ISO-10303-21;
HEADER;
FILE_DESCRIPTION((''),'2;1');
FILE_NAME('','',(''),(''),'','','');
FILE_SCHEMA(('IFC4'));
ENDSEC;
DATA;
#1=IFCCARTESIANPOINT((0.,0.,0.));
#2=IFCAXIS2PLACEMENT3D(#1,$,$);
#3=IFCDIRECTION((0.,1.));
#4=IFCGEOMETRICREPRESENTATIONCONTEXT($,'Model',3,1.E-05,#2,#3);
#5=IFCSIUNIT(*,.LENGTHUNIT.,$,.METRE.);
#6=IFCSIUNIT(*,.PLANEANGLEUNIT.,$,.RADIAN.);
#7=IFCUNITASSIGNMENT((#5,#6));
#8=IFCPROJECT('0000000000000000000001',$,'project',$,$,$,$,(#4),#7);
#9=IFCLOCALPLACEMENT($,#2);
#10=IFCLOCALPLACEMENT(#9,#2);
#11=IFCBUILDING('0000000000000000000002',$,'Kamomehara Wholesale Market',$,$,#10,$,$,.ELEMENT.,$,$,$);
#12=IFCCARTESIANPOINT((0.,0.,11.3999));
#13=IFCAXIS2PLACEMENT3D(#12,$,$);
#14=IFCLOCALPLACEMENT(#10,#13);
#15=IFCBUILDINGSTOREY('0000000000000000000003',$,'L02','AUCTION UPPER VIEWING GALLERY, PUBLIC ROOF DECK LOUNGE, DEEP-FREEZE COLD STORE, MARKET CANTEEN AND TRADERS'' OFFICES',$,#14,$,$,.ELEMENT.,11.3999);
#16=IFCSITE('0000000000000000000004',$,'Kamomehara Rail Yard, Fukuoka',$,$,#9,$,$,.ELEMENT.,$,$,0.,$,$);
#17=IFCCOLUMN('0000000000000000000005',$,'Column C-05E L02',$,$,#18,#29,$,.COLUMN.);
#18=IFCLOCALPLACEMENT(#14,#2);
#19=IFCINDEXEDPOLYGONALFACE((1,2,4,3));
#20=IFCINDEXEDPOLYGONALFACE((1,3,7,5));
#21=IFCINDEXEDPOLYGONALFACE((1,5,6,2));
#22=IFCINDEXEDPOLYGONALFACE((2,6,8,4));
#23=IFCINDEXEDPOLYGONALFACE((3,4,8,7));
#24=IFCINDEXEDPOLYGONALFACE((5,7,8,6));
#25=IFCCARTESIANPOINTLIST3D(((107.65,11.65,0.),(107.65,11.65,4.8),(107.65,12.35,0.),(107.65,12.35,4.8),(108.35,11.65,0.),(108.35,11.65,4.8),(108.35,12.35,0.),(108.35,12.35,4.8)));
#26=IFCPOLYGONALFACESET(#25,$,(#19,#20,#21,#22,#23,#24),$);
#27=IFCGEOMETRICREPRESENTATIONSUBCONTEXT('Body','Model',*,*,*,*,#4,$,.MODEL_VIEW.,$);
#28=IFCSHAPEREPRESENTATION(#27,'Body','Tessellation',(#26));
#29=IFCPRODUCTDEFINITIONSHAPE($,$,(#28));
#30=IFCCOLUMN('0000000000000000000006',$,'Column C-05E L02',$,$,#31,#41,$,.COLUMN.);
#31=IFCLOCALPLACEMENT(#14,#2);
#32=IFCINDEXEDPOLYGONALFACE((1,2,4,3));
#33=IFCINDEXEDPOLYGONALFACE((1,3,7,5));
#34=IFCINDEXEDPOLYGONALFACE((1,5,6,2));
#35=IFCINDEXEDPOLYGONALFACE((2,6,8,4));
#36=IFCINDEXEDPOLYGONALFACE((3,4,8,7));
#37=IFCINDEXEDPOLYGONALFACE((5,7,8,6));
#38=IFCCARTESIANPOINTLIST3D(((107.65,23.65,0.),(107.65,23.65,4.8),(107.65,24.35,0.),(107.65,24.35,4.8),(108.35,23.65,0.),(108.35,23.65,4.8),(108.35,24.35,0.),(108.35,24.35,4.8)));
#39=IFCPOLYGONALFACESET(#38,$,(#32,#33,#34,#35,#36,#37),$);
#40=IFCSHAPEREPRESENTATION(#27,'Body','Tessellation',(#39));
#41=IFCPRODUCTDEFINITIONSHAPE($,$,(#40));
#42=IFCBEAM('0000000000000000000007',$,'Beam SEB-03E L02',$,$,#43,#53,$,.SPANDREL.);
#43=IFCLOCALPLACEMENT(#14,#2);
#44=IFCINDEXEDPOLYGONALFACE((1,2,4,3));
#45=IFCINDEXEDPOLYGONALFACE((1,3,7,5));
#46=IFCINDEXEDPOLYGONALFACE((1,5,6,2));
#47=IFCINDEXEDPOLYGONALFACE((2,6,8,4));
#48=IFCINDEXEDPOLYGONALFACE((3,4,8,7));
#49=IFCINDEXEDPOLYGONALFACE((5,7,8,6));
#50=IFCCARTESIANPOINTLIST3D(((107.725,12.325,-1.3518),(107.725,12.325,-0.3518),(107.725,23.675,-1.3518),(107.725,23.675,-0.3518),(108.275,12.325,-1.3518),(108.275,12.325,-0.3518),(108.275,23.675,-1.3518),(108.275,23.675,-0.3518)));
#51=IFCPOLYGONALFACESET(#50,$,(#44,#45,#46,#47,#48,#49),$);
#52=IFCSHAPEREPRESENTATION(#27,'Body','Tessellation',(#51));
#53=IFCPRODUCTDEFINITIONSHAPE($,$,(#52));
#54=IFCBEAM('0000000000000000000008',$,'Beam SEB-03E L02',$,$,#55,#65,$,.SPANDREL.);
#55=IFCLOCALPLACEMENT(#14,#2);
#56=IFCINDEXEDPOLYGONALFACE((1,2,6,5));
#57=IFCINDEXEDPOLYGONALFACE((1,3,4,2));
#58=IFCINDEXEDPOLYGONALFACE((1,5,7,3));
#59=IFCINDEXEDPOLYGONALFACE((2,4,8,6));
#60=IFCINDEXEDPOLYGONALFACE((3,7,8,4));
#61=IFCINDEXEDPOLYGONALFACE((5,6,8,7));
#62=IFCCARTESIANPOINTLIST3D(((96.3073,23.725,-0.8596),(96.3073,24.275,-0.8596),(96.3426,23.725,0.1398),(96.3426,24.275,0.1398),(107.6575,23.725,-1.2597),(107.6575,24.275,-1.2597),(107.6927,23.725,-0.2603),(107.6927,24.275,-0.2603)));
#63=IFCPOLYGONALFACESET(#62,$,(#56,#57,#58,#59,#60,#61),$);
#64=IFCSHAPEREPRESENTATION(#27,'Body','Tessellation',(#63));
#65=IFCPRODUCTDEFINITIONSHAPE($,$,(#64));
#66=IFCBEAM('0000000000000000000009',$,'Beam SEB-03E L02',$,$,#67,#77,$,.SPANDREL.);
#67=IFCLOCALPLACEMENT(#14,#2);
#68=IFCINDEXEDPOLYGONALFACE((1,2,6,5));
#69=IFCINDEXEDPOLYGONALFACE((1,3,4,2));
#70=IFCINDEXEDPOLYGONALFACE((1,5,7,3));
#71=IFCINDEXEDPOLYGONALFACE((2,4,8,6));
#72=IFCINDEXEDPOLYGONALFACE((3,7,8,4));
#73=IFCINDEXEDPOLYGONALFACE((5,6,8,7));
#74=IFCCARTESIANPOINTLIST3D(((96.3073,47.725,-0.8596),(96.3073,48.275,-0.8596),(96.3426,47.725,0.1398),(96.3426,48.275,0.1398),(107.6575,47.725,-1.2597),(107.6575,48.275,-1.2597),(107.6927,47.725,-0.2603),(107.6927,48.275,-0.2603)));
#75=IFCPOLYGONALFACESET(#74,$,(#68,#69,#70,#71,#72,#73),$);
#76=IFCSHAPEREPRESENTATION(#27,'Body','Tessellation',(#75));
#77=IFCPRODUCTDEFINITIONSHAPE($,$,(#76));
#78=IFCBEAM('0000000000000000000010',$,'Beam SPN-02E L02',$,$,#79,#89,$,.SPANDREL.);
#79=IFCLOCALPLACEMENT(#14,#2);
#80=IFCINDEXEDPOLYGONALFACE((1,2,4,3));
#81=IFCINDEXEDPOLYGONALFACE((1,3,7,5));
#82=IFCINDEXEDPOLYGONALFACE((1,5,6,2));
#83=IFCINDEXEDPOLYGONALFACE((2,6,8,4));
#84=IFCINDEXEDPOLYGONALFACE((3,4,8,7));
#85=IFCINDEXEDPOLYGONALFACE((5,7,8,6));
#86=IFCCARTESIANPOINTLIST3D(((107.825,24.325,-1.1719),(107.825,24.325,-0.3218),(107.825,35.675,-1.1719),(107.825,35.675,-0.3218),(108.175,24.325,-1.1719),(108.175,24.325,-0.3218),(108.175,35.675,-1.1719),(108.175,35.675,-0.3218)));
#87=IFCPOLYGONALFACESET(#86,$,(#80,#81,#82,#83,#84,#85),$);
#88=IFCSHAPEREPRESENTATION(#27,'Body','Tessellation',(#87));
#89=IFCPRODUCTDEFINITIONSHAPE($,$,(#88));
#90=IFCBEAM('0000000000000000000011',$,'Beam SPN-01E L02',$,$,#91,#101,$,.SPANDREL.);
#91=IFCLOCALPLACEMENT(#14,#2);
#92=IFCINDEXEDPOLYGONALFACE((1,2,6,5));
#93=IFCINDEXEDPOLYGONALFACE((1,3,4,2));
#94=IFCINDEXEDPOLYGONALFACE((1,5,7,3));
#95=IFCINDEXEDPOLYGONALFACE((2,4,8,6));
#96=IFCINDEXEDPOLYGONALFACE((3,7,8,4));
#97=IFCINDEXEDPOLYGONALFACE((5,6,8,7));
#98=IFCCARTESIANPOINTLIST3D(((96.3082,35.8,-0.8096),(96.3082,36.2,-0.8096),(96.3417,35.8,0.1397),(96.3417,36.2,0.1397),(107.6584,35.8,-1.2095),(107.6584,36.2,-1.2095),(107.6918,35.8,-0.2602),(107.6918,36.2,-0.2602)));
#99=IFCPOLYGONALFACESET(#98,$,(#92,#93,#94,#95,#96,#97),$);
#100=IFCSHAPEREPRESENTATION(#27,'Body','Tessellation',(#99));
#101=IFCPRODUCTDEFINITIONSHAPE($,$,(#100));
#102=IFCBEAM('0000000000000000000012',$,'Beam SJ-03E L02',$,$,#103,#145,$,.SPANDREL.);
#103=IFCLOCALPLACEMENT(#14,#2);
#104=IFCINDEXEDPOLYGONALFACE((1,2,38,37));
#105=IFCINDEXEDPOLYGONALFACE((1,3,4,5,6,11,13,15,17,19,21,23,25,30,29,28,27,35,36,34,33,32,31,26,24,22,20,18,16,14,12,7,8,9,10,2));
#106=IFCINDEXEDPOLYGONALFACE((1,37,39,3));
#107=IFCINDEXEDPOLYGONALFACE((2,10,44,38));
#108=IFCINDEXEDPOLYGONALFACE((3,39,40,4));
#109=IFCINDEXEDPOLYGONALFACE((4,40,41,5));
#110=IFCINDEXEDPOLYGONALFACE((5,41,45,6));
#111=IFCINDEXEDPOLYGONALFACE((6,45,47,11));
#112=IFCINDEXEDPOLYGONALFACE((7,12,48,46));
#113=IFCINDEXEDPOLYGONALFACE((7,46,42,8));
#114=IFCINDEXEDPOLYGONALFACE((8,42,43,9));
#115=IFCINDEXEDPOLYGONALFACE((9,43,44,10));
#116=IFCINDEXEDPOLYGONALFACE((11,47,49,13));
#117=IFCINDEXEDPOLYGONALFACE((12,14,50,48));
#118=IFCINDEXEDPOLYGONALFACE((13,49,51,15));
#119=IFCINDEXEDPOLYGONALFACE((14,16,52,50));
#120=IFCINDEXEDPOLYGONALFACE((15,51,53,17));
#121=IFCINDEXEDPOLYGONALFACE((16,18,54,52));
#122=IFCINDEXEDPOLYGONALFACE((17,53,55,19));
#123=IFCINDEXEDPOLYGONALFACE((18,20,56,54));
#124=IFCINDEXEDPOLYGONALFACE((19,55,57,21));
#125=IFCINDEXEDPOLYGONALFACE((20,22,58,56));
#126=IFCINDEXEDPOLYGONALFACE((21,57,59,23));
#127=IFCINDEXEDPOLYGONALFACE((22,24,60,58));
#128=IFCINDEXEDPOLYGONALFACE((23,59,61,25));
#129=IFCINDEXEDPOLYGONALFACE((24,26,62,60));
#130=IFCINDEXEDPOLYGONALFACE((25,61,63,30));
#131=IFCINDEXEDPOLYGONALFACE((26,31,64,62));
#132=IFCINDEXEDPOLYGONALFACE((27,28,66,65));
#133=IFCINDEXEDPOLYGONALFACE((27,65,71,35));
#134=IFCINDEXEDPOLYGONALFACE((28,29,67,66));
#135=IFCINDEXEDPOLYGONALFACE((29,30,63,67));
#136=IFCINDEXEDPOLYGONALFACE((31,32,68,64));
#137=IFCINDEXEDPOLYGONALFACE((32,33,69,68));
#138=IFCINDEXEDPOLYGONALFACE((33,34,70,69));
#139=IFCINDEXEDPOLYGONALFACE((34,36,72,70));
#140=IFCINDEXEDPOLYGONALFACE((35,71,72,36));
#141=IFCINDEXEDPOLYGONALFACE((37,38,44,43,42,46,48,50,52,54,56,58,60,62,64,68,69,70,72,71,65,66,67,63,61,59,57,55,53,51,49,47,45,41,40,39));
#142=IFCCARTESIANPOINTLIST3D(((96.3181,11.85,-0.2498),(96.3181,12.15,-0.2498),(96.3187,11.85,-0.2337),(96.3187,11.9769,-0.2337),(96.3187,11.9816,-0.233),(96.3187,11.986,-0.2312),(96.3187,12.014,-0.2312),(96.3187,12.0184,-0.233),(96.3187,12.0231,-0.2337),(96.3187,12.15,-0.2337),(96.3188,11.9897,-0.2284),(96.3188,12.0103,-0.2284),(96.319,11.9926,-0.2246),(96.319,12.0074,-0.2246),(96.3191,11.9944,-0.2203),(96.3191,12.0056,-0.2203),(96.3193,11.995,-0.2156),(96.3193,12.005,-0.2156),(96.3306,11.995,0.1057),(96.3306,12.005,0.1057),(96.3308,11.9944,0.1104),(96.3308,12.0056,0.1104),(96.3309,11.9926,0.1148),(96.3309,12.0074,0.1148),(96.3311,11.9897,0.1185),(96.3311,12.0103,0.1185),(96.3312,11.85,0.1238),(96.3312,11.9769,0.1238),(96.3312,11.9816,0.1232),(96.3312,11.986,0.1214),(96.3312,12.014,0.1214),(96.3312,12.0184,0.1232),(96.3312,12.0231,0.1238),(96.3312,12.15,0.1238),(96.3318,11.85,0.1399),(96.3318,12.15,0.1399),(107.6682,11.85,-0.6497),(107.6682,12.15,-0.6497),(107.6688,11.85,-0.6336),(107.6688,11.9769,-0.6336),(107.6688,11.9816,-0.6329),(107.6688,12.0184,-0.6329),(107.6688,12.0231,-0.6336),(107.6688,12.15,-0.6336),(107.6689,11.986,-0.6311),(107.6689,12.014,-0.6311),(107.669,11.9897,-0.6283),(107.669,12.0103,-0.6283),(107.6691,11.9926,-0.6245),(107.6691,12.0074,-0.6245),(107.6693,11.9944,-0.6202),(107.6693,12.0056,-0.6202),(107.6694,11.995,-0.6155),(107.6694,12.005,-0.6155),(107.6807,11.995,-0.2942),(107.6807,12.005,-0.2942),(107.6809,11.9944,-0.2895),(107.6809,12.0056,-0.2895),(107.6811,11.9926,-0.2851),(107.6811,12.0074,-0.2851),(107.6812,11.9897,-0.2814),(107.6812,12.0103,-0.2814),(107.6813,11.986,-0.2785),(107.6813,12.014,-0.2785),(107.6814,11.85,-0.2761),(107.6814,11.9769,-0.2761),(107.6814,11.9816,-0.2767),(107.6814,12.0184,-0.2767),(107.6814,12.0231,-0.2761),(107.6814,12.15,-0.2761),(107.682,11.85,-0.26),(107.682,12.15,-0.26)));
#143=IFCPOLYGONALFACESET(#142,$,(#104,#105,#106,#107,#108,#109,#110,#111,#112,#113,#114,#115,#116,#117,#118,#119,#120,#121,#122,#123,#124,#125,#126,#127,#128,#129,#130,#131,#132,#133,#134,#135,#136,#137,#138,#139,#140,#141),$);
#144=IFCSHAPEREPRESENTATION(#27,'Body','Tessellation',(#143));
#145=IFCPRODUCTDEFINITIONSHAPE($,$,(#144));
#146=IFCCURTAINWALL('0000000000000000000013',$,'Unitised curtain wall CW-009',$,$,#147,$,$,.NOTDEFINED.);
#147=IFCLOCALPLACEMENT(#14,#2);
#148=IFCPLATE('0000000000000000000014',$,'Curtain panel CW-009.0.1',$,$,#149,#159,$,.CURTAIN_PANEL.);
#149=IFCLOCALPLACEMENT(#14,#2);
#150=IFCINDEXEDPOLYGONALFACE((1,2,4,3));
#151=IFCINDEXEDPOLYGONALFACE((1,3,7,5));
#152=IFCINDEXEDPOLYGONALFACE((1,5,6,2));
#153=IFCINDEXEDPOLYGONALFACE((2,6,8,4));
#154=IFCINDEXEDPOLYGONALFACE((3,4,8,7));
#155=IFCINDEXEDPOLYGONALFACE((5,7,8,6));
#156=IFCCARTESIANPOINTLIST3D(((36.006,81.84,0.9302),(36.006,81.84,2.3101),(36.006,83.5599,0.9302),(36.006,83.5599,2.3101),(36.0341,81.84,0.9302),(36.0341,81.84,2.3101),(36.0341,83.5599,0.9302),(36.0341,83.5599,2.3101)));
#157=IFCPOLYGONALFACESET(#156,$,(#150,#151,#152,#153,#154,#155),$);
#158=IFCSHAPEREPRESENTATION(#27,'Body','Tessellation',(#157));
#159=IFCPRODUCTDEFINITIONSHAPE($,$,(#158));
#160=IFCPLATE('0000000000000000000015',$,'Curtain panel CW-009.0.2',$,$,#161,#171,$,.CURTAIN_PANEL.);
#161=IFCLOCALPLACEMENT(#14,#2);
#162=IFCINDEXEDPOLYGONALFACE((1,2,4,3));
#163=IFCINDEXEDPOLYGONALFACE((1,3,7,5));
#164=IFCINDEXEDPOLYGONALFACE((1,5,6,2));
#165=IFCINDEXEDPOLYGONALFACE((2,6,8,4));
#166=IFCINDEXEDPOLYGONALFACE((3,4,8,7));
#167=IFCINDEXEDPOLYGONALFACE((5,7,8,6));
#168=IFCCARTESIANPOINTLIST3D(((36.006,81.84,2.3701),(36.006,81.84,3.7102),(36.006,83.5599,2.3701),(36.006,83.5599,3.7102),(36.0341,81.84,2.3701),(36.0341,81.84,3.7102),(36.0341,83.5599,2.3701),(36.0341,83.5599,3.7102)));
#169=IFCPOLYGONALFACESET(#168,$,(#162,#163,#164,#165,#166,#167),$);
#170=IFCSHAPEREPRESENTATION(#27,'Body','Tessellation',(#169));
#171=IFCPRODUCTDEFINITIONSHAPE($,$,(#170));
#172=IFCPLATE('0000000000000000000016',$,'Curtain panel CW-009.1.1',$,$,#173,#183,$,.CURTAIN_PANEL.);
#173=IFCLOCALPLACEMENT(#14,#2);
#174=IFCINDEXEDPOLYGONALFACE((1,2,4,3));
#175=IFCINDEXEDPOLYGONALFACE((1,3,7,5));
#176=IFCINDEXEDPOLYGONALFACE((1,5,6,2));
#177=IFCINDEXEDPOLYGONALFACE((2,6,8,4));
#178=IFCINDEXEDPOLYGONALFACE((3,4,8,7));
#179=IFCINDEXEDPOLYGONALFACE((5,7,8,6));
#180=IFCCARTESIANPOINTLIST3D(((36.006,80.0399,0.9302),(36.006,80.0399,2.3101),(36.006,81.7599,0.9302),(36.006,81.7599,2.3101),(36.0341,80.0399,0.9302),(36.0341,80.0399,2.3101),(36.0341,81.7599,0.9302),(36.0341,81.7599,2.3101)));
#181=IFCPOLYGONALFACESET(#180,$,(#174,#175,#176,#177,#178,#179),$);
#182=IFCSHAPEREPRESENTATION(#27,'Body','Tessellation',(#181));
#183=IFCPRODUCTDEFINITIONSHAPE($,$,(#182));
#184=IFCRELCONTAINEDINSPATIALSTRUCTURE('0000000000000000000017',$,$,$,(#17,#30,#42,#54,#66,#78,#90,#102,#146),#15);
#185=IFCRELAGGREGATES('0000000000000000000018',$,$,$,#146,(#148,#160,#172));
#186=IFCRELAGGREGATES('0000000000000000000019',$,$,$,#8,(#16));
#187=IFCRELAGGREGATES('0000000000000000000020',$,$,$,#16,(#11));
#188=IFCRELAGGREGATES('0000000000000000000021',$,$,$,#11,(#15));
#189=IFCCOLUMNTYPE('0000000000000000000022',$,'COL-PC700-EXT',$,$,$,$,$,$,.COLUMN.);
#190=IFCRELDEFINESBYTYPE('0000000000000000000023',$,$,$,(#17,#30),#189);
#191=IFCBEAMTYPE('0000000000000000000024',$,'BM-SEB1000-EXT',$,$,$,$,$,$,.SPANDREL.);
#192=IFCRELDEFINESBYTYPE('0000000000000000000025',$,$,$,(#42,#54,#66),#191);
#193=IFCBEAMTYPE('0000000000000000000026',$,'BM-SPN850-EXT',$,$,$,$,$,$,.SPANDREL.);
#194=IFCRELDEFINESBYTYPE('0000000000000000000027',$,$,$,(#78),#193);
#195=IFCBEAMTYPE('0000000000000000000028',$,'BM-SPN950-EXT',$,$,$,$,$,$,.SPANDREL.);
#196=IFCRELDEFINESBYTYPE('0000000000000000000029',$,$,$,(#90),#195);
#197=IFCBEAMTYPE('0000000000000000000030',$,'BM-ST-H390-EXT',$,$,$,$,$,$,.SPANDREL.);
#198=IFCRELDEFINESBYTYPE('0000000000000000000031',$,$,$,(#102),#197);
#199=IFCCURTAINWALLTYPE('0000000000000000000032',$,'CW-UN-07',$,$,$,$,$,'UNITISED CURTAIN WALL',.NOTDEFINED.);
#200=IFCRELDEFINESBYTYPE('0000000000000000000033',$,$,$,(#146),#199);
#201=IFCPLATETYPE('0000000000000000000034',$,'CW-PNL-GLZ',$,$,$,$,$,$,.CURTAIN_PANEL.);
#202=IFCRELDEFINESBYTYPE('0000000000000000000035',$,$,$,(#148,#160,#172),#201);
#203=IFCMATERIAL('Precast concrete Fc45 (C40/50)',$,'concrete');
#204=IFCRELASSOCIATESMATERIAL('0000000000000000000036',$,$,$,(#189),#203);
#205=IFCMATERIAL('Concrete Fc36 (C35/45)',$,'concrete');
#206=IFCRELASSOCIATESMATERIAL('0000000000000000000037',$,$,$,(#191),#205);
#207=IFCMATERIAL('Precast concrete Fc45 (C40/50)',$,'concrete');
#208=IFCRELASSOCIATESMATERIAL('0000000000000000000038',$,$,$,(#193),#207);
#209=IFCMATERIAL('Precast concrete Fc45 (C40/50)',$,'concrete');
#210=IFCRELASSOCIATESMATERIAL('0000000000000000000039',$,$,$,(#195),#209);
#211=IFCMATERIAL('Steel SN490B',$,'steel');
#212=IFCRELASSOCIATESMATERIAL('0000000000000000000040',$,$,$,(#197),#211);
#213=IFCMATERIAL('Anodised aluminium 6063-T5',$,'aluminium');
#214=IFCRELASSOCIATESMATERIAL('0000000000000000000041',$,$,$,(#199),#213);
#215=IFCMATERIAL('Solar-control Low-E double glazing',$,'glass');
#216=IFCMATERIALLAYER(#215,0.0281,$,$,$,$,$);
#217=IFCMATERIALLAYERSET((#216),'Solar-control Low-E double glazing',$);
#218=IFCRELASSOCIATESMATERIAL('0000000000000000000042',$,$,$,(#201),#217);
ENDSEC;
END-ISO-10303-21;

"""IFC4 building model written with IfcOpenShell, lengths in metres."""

from ifc_helpers import new_model, si_unit, direction, frame, origin, origin_2d, place, context, subcontext, project, spatial, rectangle, i_section, extrude, material, layer, layer_set, material_profile, profile_set, type_object, element, aggregate, save


model = new_model("IFC4")

# Units and contexts
model_context = context("Model", 3, precision=1e-05, world=origin(), true_north=direction((0.0, 1.0)))
body_context = subcontext(model_context, "Body", "Model", "MODEL_VIEW")
ifc_project = project(units=[si_unit("LENGTHUNIT", "METRE"), si_unit("PLANEANGLEUNIT", "RADIAN")], contexts=[model_context])

# Site, building, storey
site_placement = place(None, origin())
site = spatial("IfcSite", under=ifc_project, at=site_placement, Name="Kamomehara Rail Yard, Fukuoka", CompositionType="ELEMENT", RefElevation=0.0)
building_placement = place(site_placement, origin())
building = spatial("IfcBuilding", under=site, at=building_placement, Name="Kamomehara Wholesale Market", CompositionType="ELEMENT")
storey_placement = place(building_placement, frame((0.0, 0.0, 11.3999)))
storey = spatial("IfcBuildingStorey", under=building, at=storey_placement, Name="L02", Description="AUCTION UPPER VIEWING GALLERY, PUBLIC ROOF DECK LOUNGE, DEEP-FREEZE COLD STORE, MARKET CANTEEN AND TRADERS' OFFICES", CompositionType="ELEMENT", Elevation=11.3999)

# Columns
ifc_material_1 = material(Name="Precast concrete Fc45 (C40/50)", Category="concrete")
ifc_material_profile_1 = material_profile(ifc_material_1, rectangle(XDim=0.7, YDim=0.7, at=origin_2d()), Name="PC-COL-700x700")
ifc_profile_set_1 = profile_set([ifc_material_profile_1], Name="Precast concrete Fc45 (C40/50)")
column_type = type_object("IfcColumnType", Name="COL-PC700-EXT", PredefinedType="COLUMN", material=ifc_profile_set_1)
for number, where, z_axis, x_axis, name in (
    (1, (108.0, 12.0, 0.0), (0.0, 0.0, 1.0), (1.0, 0.0, 0.0), "Column C-05E L02"),
    (2, (108.0, 24.0, 0.0), (0.0, 0.0, 1.0), (1.0, 0.0, 0.0), "Column C-05E L02"),
):
    element("IfcColumn", number, at=place(storey_placement, frame(where, z_axis=z_axis, x_axis=x_axis)), inside=storey, type_object=column_type, Name=name, PredefinedType="COLUMN", context=body_context, shape_type="SweptSolid", body=[
        extrude(rectangle(XDim=0.7, YDim=0.7, at=origin_2d()), origin(), (0.0, 0.0, 1.0), 4.8),
    ])

# Beams
ifc_material_2 = material(Name="Concrete Fc36 (C35/45)", Category="concrete")
ifc_material_profile_2 = material_profile(ifc_material_2, rectangle(XDim=0.55, YDim=1.0, at=origin_2d()), Name="RC-SEB-550x1000")
ifc_profile_set_2 = profile_set([ifc_material_profile_2], Name="Concrete Fc36 (C35/45)")
beam_type_1 = type_object("IfcBeamType", Name="BM-SEB1000-EXT", PredefinedType="SPANDREL", material=ifc_profile_set_2)
beam_1_placement = place(storey_placement, frame((108.0, 12.325, -0.8518), z_axis=(0.0, 1.0, 0.0), x_axis=(-1.0, 0.0, 0.0)))
element("IfcBeam", 3, at=beam_1_placement, inside=storey, type_object=beam_type_1, Name="Beam SEB-03E L02", PredefinedType="SPANDREL", context=body_context, shape_type="SweptSolid", body=[
    extrude(rectangle(XDim=0.55, YDim=1.0, at=origin_2d()), origin(), (0.0, 0.0, 1.0), 11.3501),
])
for number, where, z_axis, x_axis, name in (
    (4, (96.325, 24.0, -0.3599), (0.999379, 0.0, -0.035233), (0.0, 1.0, 0.0), "Beam SEB-03E L02"),
    (5, (96.325, 48.0, -0.3599), (0.999379, 0.0, -0.035233), (0.0, 1.0, 0.0), "Beam SEB-03E L02"),
):
    element("IfcBeam", number, at=place(storey_placement, frame(where, z_axis=z_axis, x_axis=x_axis)), inside=storey, type_object=beam_type_1, Name=name, PredefinedType="SPANDREL", context=body_context, shape_type="SweptSolid", body=[
        extrude(rectangle(XDim=0.55, YDim=1.0, at=origin_2d()), origin(), (0.0, 0.0, 1.0), 11.3572),
    ])
ifc_material_3 = material(Name="Precast concrete Fc45 (C40/50)", Category="concrete")
ifc_material_profile_3 = material_profile(ifc_material_3, rectangle(XDim=0.3501, YDim=0.8501, at=origin_2d()), Name="PC-SPN-350x850")
ifc_profile_set_3 = profile_set([ifc_material_profile_3], Name="Precast concrete Fc45 (C40/50)")
beam_type_2 = type_object("IfcBeamType", Name="BM-SPN850-EXT", PredefinedType="SPANDREL", material=ifc_profile_set_3)
beam_2_placement = place(storey_placement, frame((108.0, 24.325, -0.7468), z_axis=(0.0, 1.0, 0.0), x_axis=(-1.0, 0.0, 0.0)))
element("IfcBeam", 6, at=beam_2_placement, inside=storey, type_object=beam_type_2, Name="Beam SPN-02E L02", PredefinedType="SPANDREL", context=body_context, shape_type="SweptSolid", body=[
    extrude(rectangle(XDim=0.3501, YDim=0.8501, at=origin_2d()), origin(), (0.0, 0.0, 1.0), 11.3501),
])
ifc_material_4 = material(Name="Precast concrete Fc45 (C40/50)", Category="concrete")
ifc_material_profile_4 = material_profile(ifc_material_4, rectangle(XDim=0.3999, YDim=0.95, at=origin_2d()), Name="PC-SPN-400x950")
ifc_profile_set_4 = profile_set([ifc_material_profile_4], Name="Precast concrete Fc45 (C40/50)")
beam_type_3 = type_object("IfcBeamType", Name="BM-SPN950-EXT", PredefinedType="SPANDREL", material=ifc_profile_set_4)
beam_3_placement = place(storey_placement, frame((96.325, 36.0, -0.335), z_axis=(0.99938, 0.0, -0.035212), x_axis=(0.0, 1.0, 0.0)))
element("IfcBeam", 7, at=beam_3_placement, inside=storey, type_object=beam_type_3, Name="Beam SPN-01E L02", PredefinedType="SPANDREL", context=body_context, shape_type="SweptSolid", body=[
    extrude(rectangle(XDim=0.3999, YDim=0.95, at=origin_2d()), origin(), (0.0, 0.0, 1.0), 11.3572),
])
ifc_material_5 = material(Name="Steel SN490B", Category="steel")
ifc_material_profile_5 = material_profile(ifc_material_5, i_section(OverallWidth=0.3, OverallDepth=0.3899, WebThickness=0.01, FlangeThickness=0.0161, FilletRadius=0.0181, at=origin_2d()), Name="H-390x300x10x16")
ifc_profile_set_5 = profile_set([ifc_material_profile_5], Name="Steel SN490B")
beam_type_4 = type_object("IfcBeamType", Name="BM-ST-H390-EXT", PredefinedType="SPANDREL", material=ifc_profile_set_5)
beam_4_placement = place(storey_placement, frame((96.325, 12.0, -0.0549), z_axis=(0.99938, 0.0, -0.035212), x_axis=(0.0, 1.0, 0.0)))
element("IfcBeam", 8, at=beam_4_placement, inside=storey, type_object=beam_type_4, Name="Beam SJ-03E L02", PredefinedType="SPANDREL", context=body_context, shape_type="SweptSolid", body=[
    extrude(i_section(OverallWidth=0.3, OverallDepth=0.3899, WebThickness=0.01, FlangeThickness=0.0161, FilletRadius=0.0181, at=origin_2d()), origin(), (0.0, 0.0, 1.0), 11.3572),
])

# Curtain wall, plates
ifc_material_6 = material(Name="Anodised aluminium 6063-T5", Category="aluminium")
curtain_wall_type = type_object("IfcCurtainWallType", Name="CW-UN-07", ElementType="UNITISED CURTAIN WALL", PredefinedType="NOTDEFINED", material=ifc_material_6)
curtain_wall_1_placement = place(storey_placement, origin())
curtain_wall_1 = element("IfcCurtainWall", 9, at=curtain_wall_1_placement, inside=storey, type_object=curtain_wall_type, Name="Unitised curtain wall CW-009", PredefinedType="NOTDEFINED")
ifc_material_7 = material(Name="Solar-control Low-E double glazing", Category="glass")
ifc_layer_1 = layer(ifc_material_7, 0.0281)
ifc_layer_set_1 = layer_set([ifc_layer_1], Name="Solar-control Low-E double glazing")
plate_type_1 = type_object("IfcPlateType", Name="CW-PNL-GLZ", PredefinedType="CURTAIN_PANEL", material=ifc_layer_set_1)
plate_1_placement = place(storey_placement, frame((36.02, 82.7, 0.9302), z_axis=(0.0, 0.0, 1.0), x_axis=(0.0, -1.0, 0.0)))
plate_1 = element("IfcPlate", 10, at=plate_1_placement, type_object=plate_type_1, Name="Curtain panel CW-009.0.1", PredefinedType="CURTAIN_PANEL", context=body_context, shape_type="SweptSolid", body=[
    extrude(rectangle(XDim=1.72, YDim=0.0281, at=origin_2d()), origin(), (0.0, 0.0, 1.0), 1.3799),
])
plate_2_placement = place(storey_placement, frame((36.02, 82.7, 2.3701), z_axis=(0.0, 0.0, 1.0), x_axis=(0.0, -1.0, 0.0)))
plate_2 = element("IfcPlate", 11, at=plate_2_placement, type_object=plate_type_1, Name="Curtain panel CW-009.0.2", PredefinedType="CURTAIN_PANEL", context=body_context, shape_type="SweptSolid", body=[
    extrude(rectangle(XDim=1.72, YDim=0.0281, at=origin_2d()), origin(), (0.0, 0.0, 1.0), 1.3401),
])
plate_3_placement = place(storey_placement, frame((36.02, 80.8999, 0.9302), z_axis=(0.0, 0.0, 1.0), x_axis=(0.0, -1.0, 0.0)))
plate_3 = element("IfcPlate", 12, at=plate_3_placement, type_object=plate_type_1, Name="Curtain panel CW-009.1.1", PredefinedType="CURTAIN_PANEL", context=body_context, shape_type="SweptSolid", body=[
    extrude(rectangle(XDim=1.72, YDim=0.0281, at=origin_2d()), origin(), (0.0, 0.0, 1.0), 1.3799),
])

aggregate(curtain_wall_1, [plate_1, plate_2, plate_3])

save(model, "model.ifc")
